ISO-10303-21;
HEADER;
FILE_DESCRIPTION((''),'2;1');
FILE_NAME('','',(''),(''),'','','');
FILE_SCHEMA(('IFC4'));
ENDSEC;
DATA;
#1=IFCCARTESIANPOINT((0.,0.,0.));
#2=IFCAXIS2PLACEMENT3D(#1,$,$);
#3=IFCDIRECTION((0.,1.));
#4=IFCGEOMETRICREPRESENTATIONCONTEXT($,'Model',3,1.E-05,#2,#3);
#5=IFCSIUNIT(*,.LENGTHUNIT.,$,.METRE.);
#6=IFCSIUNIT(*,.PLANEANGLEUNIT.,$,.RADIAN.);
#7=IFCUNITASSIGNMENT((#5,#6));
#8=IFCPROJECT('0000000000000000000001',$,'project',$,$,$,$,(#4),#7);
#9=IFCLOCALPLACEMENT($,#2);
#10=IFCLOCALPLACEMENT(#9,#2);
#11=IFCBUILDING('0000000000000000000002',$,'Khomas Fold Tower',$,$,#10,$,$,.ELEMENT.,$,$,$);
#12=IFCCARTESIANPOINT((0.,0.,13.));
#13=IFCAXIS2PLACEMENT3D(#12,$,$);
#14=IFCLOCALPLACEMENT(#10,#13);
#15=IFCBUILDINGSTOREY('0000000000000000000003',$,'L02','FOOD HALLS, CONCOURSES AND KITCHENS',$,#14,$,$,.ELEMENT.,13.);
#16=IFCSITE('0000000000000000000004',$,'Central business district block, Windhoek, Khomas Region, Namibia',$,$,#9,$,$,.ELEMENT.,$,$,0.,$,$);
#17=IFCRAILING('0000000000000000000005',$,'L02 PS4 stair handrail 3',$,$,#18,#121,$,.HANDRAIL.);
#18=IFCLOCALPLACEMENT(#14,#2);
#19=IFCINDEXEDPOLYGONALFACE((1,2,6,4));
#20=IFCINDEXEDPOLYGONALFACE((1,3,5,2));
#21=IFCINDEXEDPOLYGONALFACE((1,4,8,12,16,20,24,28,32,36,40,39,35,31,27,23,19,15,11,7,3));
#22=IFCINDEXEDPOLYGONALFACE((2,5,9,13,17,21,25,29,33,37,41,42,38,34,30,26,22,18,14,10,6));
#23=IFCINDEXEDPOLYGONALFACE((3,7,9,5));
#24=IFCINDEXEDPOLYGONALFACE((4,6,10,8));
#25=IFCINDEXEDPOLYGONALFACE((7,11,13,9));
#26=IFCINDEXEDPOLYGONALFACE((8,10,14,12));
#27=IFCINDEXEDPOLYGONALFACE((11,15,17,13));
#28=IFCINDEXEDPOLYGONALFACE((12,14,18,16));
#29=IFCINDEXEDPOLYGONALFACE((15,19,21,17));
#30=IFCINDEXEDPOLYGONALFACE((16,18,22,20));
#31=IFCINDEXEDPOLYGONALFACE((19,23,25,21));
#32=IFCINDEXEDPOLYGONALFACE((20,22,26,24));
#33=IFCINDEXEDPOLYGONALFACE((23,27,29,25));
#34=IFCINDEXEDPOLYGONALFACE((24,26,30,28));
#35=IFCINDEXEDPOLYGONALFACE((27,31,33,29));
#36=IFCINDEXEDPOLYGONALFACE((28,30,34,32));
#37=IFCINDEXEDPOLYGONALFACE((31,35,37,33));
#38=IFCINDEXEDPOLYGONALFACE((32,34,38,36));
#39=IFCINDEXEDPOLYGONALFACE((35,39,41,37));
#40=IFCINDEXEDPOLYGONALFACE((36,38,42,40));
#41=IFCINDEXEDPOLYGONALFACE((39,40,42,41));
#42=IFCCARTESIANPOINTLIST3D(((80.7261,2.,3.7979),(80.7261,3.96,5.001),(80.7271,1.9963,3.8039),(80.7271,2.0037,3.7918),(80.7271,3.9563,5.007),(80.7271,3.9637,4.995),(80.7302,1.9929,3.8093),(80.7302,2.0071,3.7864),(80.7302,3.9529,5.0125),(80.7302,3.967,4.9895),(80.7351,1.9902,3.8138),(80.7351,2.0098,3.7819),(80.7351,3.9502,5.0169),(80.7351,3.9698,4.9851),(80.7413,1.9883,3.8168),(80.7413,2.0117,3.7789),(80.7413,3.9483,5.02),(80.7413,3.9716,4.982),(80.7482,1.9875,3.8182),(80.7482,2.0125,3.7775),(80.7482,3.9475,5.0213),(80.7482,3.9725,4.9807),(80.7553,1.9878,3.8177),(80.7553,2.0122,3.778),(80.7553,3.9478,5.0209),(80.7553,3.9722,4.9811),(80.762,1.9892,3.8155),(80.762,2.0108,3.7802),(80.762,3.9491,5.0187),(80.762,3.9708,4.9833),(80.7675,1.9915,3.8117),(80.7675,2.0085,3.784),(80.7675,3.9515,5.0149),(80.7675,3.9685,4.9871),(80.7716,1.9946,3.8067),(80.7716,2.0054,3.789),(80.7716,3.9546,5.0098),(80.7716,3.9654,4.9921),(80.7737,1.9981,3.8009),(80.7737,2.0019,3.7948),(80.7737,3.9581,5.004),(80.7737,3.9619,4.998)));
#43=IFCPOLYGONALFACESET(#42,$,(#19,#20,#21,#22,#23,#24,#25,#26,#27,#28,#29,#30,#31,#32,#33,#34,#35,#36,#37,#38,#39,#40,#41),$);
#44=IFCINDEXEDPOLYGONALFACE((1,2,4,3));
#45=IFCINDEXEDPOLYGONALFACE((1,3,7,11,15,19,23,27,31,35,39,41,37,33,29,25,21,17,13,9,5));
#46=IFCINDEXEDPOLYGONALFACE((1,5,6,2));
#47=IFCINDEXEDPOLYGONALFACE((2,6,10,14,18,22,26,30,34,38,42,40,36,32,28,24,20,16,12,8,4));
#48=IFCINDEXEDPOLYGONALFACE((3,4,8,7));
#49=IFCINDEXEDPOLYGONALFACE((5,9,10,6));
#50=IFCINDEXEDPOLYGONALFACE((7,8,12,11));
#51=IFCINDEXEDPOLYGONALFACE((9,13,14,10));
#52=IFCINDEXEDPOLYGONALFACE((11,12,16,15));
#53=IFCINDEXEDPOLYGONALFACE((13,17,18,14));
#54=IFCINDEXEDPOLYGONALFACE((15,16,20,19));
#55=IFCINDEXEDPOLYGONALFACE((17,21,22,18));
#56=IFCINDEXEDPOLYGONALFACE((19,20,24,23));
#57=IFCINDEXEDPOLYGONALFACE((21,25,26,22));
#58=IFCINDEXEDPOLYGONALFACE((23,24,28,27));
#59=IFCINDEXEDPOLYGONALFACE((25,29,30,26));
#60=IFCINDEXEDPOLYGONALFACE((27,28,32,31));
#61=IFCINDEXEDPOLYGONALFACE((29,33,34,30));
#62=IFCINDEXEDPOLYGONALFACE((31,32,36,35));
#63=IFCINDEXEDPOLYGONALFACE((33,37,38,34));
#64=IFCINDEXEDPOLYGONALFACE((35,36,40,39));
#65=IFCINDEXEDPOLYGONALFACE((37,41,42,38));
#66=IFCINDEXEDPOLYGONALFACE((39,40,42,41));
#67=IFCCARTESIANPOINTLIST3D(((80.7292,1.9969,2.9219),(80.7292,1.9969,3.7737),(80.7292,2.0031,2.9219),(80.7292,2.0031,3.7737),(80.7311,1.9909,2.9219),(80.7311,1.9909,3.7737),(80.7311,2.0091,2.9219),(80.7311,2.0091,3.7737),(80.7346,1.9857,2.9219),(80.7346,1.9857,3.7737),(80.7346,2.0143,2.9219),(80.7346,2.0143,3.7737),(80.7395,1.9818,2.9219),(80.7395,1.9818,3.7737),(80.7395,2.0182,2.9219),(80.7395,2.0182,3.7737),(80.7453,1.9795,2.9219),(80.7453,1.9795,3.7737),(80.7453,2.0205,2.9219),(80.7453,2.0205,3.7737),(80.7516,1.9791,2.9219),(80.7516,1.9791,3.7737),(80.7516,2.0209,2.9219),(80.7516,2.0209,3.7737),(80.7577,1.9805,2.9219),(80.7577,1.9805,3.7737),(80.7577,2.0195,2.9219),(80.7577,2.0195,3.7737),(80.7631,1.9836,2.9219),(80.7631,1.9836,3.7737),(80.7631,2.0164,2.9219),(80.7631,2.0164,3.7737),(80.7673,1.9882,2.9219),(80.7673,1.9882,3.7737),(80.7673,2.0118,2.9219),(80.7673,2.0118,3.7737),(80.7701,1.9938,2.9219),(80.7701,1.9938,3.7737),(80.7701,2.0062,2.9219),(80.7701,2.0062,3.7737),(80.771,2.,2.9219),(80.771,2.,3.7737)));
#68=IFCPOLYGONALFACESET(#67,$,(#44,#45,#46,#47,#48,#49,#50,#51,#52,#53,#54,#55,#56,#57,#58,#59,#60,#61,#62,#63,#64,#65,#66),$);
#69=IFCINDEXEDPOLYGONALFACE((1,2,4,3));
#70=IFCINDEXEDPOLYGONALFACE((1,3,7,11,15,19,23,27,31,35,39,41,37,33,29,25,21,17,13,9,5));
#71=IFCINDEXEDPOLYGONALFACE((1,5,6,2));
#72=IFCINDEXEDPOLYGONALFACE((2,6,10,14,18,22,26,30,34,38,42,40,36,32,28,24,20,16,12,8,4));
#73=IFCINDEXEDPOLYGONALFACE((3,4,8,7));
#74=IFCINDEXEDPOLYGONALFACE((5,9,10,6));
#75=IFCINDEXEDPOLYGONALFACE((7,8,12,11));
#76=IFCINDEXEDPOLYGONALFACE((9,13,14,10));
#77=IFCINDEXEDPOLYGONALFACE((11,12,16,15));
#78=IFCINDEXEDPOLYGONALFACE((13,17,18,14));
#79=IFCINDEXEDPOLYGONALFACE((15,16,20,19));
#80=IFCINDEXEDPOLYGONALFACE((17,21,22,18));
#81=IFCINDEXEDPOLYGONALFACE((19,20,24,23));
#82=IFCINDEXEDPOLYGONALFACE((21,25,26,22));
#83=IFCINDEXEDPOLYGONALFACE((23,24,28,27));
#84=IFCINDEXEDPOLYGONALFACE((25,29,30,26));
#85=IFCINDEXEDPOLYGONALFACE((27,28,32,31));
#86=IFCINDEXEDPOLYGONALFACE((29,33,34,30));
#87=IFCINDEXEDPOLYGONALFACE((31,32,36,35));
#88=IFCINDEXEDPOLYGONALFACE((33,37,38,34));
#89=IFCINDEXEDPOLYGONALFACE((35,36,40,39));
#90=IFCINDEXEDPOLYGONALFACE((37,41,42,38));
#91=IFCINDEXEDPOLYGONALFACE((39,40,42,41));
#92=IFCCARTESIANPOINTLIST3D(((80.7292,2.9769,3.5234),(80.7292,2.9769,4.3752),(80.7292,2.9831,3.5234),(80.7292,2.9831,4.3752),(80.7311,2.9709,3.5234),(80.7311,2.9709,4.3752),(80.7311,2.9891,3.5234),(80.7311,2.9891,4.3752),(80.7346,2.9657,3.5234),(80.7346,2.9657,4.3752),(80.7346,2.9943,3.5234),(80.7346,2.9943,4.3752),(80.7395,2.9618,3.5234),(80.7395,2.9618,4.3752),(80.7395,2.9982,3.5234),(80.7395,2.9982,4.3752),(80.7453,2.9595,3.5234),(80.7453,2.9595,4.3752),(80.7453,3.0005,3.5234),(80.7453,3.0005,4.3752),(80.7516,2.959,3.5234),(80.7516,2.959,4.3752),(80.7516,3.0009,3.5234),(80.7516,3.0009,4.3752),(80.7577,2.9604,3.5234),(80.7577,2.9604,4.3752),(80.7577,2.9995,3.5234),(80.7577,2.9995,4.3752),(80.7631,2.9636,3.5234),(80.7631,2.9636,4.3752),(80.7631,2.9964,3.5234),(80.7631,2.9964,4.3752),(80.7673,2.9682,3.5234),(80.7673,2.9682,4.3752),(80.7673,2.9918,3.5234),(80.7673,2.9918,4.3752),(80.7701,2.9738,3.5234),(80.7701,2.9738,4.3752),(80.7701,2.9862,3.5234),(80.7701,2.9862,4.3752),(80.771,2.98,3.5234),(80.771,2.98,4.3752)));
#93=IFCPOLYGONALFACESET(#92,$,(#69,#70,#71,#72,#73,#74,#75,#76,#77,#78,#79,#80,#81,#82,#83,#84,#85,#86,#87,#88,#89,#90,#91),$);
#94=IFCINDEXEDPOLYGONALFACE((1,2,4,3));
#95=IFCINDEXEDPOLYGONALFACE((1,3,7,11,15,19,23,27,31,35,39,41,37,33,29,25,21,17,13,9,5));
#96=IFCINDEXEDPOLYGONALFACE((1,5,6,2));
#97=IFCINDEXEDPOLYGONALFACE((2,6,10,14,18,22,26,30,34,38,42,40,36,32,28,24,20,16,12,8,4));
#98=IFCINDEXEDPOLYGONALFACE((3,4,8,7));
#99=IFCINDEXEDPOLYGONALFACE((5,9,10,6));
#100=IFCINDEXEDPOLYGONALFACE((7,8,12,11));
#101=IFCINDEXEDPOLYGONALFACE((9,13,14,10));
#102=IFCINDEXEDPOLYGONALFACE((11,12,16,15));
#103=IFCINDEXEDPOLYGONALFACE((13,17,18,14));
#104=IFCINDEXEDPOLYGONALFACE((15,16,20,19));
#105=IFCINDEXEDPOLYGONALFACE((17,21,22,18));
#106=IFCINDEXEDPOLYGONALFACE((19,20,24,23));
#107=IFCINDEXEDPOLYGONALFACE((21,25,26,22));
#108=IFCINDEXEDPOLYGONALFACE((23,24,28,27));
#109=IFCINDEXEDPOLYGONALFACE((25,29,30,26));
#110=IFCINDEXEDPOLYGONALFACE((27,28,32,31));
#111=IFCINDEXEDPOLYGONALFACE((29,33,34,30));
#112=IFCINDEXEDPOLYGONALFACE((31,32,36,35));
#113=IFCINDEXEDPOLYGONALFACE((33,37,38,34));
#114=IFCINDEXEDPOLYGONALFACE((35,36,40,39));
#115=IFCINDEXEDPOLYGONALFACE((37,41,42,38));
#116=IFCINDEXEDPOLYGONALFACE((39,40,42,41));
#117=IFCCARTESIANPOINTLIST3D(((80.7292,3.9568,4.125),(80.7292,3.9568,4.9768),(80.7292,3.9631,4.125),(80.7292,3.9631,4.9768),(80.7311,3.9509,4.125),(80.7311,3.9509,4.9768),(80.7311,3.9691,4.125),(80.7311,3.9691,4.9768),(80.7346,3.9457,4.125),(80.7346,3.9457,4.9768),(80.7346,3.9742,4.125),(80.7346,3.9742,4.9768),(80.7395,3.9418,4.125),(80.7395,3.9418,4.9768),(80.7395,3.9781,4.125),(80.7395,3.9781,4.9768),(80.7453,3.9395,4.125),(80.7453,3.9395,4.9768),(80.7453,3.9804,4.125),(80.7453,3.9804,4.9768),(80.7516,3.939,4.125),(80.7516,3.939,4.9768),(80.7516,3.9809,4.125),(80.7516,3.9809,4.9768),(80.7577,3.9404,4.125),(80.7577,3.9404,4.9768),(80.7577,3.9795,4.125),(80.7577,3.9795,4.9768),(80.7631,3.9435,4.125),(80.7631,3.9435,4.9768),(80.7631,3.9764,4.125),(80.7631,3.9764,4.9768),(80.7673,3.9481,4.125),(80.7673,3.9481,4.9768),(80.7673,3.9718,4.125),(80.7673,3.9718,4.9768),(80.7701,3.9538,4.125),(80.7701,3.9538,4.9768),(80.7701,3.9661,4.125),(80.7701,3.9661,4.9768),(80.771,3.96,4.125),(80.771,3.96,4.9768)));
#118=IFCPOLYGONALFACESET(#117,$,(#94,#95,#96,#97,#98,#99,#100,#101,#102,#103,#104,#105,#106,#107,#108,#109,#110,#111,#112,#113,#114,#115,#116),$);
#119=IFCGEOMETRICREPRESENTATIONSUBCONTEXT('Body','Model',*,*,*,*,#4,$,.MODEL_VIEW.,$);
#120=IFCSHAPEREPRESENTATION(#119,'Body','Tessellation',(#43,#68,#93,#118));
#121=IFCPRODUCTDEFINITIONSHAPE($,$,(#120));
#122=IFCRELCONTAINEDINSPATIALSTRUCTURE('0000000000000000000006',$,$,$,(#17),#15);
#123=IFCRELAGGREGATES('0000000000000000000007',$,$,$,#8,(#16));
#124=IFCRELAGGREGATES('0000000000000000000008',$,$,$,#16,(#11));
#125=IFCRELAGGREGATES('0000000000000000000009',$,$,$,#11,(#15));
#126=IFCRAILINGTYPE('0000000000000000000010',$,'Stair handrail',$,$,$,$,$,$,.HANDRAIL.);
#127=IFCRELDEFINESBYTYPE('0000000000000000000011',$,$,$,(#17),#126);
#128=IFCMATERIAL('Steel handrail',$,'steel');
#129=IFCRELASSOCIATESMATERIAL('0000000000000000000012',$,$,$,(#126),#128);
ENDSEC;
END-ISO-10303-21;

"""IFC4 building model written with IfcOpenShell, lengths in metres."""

from ifc_helpers import new_model, si_unit, direction, frame, origin, origin_2d, place, context, subcontext, project, spatial, circle, extrude, source, transform, mapped, material, type_object, element, save


model = new_model("IFC4")

# Units and contexts
model_context = context("Model", 3, precision=1e-05, world=origin(), true_north=direction((0.0, 1.0)))
body_context = subcontext(model_context, "Body", "Model", "MODEL_VIEW")
ifc_project = project(units=[si_unit("LENGTHUNIT", "METRE"), si_unit("PLANEANGLEUNIT", "RADIAN")], contexts=[model_context])

# Site, building, storey
site_placement = place(None, origin())
site = spatial("IfcSite", under=ifc_project, at=site_placement, Name="Central business district block, Windhoek, Khomas Region, Namibia", CompositionType="ELEMENT", RefElevation=0.0)
building_placement = place(site_placement, origin())
building = spatial("IfcBuilding", under=site, at=building_placement, Name="Khomas Fold Tower", CompositionType="ELEMENT")
storey_placement = place(building_placement, frame((0.0, 0.0, 13.0)))
storey = spatial("IfcBuildingStorey", under=building, at=storey_placement, Name="L02", Description="FOOD HALLS, CONCOURSES AND KITCHENS", CompositionType="ELEMENT", Elevation=13.0)

# Railing
ifc_material_1 = material(Name="Steel handrail", Category="steel")
railing_type_1 = type_object("IfcRailingType", Name="Stair handrail", PredefinedType="HANDRAIL", material=ifc_material_1)
shared_shape_1 = source(origin(), body_context, "Body", "SweptSolid", [
    extrude(circle(Radius=0.0239, at=origin_2d()), frame((0.0, 0.0, 0.876), z_axis=(0.0, 0.852241, 0.523149), x_axis=(-1.0, 0.0, 0.0)), (0.0, 0.0, 1.0), 2.2998),
    extrude(circle(Radius=0.021, at=origin_2d()), origin(), (0.0, 0.0, 1.0), 0.8518),
    extrude(circle(Radius=0.021, at=origin_2d()), frame((0.0, 0.98, 0.6016)), (0.0, 0.0, 1.0), 0.8518),
    extrude(circle(Radius=0.021, at=origin_2d()), frame((0.0, 1.96, 1.2031)), (0.0, 0.0, 1.0), 0.8518),
])
for number, where, name in (
    (1, (80.75, 2.0, 2.9219), "L02 PS4 stair handrail 3"),
):
    element("IfcRailing", number, at=place(storey_placement, frame(where)), inside=storey, type_object=railing_type_1, Name=name, PredefinedType="HANDRAIL", context=body_context, shape_type="MappedRepresentation", body=[
        mapped(shared_shape_1, transform((0.0, 0.0, 0.0))),
    ])

save(model, "model.ifc")
